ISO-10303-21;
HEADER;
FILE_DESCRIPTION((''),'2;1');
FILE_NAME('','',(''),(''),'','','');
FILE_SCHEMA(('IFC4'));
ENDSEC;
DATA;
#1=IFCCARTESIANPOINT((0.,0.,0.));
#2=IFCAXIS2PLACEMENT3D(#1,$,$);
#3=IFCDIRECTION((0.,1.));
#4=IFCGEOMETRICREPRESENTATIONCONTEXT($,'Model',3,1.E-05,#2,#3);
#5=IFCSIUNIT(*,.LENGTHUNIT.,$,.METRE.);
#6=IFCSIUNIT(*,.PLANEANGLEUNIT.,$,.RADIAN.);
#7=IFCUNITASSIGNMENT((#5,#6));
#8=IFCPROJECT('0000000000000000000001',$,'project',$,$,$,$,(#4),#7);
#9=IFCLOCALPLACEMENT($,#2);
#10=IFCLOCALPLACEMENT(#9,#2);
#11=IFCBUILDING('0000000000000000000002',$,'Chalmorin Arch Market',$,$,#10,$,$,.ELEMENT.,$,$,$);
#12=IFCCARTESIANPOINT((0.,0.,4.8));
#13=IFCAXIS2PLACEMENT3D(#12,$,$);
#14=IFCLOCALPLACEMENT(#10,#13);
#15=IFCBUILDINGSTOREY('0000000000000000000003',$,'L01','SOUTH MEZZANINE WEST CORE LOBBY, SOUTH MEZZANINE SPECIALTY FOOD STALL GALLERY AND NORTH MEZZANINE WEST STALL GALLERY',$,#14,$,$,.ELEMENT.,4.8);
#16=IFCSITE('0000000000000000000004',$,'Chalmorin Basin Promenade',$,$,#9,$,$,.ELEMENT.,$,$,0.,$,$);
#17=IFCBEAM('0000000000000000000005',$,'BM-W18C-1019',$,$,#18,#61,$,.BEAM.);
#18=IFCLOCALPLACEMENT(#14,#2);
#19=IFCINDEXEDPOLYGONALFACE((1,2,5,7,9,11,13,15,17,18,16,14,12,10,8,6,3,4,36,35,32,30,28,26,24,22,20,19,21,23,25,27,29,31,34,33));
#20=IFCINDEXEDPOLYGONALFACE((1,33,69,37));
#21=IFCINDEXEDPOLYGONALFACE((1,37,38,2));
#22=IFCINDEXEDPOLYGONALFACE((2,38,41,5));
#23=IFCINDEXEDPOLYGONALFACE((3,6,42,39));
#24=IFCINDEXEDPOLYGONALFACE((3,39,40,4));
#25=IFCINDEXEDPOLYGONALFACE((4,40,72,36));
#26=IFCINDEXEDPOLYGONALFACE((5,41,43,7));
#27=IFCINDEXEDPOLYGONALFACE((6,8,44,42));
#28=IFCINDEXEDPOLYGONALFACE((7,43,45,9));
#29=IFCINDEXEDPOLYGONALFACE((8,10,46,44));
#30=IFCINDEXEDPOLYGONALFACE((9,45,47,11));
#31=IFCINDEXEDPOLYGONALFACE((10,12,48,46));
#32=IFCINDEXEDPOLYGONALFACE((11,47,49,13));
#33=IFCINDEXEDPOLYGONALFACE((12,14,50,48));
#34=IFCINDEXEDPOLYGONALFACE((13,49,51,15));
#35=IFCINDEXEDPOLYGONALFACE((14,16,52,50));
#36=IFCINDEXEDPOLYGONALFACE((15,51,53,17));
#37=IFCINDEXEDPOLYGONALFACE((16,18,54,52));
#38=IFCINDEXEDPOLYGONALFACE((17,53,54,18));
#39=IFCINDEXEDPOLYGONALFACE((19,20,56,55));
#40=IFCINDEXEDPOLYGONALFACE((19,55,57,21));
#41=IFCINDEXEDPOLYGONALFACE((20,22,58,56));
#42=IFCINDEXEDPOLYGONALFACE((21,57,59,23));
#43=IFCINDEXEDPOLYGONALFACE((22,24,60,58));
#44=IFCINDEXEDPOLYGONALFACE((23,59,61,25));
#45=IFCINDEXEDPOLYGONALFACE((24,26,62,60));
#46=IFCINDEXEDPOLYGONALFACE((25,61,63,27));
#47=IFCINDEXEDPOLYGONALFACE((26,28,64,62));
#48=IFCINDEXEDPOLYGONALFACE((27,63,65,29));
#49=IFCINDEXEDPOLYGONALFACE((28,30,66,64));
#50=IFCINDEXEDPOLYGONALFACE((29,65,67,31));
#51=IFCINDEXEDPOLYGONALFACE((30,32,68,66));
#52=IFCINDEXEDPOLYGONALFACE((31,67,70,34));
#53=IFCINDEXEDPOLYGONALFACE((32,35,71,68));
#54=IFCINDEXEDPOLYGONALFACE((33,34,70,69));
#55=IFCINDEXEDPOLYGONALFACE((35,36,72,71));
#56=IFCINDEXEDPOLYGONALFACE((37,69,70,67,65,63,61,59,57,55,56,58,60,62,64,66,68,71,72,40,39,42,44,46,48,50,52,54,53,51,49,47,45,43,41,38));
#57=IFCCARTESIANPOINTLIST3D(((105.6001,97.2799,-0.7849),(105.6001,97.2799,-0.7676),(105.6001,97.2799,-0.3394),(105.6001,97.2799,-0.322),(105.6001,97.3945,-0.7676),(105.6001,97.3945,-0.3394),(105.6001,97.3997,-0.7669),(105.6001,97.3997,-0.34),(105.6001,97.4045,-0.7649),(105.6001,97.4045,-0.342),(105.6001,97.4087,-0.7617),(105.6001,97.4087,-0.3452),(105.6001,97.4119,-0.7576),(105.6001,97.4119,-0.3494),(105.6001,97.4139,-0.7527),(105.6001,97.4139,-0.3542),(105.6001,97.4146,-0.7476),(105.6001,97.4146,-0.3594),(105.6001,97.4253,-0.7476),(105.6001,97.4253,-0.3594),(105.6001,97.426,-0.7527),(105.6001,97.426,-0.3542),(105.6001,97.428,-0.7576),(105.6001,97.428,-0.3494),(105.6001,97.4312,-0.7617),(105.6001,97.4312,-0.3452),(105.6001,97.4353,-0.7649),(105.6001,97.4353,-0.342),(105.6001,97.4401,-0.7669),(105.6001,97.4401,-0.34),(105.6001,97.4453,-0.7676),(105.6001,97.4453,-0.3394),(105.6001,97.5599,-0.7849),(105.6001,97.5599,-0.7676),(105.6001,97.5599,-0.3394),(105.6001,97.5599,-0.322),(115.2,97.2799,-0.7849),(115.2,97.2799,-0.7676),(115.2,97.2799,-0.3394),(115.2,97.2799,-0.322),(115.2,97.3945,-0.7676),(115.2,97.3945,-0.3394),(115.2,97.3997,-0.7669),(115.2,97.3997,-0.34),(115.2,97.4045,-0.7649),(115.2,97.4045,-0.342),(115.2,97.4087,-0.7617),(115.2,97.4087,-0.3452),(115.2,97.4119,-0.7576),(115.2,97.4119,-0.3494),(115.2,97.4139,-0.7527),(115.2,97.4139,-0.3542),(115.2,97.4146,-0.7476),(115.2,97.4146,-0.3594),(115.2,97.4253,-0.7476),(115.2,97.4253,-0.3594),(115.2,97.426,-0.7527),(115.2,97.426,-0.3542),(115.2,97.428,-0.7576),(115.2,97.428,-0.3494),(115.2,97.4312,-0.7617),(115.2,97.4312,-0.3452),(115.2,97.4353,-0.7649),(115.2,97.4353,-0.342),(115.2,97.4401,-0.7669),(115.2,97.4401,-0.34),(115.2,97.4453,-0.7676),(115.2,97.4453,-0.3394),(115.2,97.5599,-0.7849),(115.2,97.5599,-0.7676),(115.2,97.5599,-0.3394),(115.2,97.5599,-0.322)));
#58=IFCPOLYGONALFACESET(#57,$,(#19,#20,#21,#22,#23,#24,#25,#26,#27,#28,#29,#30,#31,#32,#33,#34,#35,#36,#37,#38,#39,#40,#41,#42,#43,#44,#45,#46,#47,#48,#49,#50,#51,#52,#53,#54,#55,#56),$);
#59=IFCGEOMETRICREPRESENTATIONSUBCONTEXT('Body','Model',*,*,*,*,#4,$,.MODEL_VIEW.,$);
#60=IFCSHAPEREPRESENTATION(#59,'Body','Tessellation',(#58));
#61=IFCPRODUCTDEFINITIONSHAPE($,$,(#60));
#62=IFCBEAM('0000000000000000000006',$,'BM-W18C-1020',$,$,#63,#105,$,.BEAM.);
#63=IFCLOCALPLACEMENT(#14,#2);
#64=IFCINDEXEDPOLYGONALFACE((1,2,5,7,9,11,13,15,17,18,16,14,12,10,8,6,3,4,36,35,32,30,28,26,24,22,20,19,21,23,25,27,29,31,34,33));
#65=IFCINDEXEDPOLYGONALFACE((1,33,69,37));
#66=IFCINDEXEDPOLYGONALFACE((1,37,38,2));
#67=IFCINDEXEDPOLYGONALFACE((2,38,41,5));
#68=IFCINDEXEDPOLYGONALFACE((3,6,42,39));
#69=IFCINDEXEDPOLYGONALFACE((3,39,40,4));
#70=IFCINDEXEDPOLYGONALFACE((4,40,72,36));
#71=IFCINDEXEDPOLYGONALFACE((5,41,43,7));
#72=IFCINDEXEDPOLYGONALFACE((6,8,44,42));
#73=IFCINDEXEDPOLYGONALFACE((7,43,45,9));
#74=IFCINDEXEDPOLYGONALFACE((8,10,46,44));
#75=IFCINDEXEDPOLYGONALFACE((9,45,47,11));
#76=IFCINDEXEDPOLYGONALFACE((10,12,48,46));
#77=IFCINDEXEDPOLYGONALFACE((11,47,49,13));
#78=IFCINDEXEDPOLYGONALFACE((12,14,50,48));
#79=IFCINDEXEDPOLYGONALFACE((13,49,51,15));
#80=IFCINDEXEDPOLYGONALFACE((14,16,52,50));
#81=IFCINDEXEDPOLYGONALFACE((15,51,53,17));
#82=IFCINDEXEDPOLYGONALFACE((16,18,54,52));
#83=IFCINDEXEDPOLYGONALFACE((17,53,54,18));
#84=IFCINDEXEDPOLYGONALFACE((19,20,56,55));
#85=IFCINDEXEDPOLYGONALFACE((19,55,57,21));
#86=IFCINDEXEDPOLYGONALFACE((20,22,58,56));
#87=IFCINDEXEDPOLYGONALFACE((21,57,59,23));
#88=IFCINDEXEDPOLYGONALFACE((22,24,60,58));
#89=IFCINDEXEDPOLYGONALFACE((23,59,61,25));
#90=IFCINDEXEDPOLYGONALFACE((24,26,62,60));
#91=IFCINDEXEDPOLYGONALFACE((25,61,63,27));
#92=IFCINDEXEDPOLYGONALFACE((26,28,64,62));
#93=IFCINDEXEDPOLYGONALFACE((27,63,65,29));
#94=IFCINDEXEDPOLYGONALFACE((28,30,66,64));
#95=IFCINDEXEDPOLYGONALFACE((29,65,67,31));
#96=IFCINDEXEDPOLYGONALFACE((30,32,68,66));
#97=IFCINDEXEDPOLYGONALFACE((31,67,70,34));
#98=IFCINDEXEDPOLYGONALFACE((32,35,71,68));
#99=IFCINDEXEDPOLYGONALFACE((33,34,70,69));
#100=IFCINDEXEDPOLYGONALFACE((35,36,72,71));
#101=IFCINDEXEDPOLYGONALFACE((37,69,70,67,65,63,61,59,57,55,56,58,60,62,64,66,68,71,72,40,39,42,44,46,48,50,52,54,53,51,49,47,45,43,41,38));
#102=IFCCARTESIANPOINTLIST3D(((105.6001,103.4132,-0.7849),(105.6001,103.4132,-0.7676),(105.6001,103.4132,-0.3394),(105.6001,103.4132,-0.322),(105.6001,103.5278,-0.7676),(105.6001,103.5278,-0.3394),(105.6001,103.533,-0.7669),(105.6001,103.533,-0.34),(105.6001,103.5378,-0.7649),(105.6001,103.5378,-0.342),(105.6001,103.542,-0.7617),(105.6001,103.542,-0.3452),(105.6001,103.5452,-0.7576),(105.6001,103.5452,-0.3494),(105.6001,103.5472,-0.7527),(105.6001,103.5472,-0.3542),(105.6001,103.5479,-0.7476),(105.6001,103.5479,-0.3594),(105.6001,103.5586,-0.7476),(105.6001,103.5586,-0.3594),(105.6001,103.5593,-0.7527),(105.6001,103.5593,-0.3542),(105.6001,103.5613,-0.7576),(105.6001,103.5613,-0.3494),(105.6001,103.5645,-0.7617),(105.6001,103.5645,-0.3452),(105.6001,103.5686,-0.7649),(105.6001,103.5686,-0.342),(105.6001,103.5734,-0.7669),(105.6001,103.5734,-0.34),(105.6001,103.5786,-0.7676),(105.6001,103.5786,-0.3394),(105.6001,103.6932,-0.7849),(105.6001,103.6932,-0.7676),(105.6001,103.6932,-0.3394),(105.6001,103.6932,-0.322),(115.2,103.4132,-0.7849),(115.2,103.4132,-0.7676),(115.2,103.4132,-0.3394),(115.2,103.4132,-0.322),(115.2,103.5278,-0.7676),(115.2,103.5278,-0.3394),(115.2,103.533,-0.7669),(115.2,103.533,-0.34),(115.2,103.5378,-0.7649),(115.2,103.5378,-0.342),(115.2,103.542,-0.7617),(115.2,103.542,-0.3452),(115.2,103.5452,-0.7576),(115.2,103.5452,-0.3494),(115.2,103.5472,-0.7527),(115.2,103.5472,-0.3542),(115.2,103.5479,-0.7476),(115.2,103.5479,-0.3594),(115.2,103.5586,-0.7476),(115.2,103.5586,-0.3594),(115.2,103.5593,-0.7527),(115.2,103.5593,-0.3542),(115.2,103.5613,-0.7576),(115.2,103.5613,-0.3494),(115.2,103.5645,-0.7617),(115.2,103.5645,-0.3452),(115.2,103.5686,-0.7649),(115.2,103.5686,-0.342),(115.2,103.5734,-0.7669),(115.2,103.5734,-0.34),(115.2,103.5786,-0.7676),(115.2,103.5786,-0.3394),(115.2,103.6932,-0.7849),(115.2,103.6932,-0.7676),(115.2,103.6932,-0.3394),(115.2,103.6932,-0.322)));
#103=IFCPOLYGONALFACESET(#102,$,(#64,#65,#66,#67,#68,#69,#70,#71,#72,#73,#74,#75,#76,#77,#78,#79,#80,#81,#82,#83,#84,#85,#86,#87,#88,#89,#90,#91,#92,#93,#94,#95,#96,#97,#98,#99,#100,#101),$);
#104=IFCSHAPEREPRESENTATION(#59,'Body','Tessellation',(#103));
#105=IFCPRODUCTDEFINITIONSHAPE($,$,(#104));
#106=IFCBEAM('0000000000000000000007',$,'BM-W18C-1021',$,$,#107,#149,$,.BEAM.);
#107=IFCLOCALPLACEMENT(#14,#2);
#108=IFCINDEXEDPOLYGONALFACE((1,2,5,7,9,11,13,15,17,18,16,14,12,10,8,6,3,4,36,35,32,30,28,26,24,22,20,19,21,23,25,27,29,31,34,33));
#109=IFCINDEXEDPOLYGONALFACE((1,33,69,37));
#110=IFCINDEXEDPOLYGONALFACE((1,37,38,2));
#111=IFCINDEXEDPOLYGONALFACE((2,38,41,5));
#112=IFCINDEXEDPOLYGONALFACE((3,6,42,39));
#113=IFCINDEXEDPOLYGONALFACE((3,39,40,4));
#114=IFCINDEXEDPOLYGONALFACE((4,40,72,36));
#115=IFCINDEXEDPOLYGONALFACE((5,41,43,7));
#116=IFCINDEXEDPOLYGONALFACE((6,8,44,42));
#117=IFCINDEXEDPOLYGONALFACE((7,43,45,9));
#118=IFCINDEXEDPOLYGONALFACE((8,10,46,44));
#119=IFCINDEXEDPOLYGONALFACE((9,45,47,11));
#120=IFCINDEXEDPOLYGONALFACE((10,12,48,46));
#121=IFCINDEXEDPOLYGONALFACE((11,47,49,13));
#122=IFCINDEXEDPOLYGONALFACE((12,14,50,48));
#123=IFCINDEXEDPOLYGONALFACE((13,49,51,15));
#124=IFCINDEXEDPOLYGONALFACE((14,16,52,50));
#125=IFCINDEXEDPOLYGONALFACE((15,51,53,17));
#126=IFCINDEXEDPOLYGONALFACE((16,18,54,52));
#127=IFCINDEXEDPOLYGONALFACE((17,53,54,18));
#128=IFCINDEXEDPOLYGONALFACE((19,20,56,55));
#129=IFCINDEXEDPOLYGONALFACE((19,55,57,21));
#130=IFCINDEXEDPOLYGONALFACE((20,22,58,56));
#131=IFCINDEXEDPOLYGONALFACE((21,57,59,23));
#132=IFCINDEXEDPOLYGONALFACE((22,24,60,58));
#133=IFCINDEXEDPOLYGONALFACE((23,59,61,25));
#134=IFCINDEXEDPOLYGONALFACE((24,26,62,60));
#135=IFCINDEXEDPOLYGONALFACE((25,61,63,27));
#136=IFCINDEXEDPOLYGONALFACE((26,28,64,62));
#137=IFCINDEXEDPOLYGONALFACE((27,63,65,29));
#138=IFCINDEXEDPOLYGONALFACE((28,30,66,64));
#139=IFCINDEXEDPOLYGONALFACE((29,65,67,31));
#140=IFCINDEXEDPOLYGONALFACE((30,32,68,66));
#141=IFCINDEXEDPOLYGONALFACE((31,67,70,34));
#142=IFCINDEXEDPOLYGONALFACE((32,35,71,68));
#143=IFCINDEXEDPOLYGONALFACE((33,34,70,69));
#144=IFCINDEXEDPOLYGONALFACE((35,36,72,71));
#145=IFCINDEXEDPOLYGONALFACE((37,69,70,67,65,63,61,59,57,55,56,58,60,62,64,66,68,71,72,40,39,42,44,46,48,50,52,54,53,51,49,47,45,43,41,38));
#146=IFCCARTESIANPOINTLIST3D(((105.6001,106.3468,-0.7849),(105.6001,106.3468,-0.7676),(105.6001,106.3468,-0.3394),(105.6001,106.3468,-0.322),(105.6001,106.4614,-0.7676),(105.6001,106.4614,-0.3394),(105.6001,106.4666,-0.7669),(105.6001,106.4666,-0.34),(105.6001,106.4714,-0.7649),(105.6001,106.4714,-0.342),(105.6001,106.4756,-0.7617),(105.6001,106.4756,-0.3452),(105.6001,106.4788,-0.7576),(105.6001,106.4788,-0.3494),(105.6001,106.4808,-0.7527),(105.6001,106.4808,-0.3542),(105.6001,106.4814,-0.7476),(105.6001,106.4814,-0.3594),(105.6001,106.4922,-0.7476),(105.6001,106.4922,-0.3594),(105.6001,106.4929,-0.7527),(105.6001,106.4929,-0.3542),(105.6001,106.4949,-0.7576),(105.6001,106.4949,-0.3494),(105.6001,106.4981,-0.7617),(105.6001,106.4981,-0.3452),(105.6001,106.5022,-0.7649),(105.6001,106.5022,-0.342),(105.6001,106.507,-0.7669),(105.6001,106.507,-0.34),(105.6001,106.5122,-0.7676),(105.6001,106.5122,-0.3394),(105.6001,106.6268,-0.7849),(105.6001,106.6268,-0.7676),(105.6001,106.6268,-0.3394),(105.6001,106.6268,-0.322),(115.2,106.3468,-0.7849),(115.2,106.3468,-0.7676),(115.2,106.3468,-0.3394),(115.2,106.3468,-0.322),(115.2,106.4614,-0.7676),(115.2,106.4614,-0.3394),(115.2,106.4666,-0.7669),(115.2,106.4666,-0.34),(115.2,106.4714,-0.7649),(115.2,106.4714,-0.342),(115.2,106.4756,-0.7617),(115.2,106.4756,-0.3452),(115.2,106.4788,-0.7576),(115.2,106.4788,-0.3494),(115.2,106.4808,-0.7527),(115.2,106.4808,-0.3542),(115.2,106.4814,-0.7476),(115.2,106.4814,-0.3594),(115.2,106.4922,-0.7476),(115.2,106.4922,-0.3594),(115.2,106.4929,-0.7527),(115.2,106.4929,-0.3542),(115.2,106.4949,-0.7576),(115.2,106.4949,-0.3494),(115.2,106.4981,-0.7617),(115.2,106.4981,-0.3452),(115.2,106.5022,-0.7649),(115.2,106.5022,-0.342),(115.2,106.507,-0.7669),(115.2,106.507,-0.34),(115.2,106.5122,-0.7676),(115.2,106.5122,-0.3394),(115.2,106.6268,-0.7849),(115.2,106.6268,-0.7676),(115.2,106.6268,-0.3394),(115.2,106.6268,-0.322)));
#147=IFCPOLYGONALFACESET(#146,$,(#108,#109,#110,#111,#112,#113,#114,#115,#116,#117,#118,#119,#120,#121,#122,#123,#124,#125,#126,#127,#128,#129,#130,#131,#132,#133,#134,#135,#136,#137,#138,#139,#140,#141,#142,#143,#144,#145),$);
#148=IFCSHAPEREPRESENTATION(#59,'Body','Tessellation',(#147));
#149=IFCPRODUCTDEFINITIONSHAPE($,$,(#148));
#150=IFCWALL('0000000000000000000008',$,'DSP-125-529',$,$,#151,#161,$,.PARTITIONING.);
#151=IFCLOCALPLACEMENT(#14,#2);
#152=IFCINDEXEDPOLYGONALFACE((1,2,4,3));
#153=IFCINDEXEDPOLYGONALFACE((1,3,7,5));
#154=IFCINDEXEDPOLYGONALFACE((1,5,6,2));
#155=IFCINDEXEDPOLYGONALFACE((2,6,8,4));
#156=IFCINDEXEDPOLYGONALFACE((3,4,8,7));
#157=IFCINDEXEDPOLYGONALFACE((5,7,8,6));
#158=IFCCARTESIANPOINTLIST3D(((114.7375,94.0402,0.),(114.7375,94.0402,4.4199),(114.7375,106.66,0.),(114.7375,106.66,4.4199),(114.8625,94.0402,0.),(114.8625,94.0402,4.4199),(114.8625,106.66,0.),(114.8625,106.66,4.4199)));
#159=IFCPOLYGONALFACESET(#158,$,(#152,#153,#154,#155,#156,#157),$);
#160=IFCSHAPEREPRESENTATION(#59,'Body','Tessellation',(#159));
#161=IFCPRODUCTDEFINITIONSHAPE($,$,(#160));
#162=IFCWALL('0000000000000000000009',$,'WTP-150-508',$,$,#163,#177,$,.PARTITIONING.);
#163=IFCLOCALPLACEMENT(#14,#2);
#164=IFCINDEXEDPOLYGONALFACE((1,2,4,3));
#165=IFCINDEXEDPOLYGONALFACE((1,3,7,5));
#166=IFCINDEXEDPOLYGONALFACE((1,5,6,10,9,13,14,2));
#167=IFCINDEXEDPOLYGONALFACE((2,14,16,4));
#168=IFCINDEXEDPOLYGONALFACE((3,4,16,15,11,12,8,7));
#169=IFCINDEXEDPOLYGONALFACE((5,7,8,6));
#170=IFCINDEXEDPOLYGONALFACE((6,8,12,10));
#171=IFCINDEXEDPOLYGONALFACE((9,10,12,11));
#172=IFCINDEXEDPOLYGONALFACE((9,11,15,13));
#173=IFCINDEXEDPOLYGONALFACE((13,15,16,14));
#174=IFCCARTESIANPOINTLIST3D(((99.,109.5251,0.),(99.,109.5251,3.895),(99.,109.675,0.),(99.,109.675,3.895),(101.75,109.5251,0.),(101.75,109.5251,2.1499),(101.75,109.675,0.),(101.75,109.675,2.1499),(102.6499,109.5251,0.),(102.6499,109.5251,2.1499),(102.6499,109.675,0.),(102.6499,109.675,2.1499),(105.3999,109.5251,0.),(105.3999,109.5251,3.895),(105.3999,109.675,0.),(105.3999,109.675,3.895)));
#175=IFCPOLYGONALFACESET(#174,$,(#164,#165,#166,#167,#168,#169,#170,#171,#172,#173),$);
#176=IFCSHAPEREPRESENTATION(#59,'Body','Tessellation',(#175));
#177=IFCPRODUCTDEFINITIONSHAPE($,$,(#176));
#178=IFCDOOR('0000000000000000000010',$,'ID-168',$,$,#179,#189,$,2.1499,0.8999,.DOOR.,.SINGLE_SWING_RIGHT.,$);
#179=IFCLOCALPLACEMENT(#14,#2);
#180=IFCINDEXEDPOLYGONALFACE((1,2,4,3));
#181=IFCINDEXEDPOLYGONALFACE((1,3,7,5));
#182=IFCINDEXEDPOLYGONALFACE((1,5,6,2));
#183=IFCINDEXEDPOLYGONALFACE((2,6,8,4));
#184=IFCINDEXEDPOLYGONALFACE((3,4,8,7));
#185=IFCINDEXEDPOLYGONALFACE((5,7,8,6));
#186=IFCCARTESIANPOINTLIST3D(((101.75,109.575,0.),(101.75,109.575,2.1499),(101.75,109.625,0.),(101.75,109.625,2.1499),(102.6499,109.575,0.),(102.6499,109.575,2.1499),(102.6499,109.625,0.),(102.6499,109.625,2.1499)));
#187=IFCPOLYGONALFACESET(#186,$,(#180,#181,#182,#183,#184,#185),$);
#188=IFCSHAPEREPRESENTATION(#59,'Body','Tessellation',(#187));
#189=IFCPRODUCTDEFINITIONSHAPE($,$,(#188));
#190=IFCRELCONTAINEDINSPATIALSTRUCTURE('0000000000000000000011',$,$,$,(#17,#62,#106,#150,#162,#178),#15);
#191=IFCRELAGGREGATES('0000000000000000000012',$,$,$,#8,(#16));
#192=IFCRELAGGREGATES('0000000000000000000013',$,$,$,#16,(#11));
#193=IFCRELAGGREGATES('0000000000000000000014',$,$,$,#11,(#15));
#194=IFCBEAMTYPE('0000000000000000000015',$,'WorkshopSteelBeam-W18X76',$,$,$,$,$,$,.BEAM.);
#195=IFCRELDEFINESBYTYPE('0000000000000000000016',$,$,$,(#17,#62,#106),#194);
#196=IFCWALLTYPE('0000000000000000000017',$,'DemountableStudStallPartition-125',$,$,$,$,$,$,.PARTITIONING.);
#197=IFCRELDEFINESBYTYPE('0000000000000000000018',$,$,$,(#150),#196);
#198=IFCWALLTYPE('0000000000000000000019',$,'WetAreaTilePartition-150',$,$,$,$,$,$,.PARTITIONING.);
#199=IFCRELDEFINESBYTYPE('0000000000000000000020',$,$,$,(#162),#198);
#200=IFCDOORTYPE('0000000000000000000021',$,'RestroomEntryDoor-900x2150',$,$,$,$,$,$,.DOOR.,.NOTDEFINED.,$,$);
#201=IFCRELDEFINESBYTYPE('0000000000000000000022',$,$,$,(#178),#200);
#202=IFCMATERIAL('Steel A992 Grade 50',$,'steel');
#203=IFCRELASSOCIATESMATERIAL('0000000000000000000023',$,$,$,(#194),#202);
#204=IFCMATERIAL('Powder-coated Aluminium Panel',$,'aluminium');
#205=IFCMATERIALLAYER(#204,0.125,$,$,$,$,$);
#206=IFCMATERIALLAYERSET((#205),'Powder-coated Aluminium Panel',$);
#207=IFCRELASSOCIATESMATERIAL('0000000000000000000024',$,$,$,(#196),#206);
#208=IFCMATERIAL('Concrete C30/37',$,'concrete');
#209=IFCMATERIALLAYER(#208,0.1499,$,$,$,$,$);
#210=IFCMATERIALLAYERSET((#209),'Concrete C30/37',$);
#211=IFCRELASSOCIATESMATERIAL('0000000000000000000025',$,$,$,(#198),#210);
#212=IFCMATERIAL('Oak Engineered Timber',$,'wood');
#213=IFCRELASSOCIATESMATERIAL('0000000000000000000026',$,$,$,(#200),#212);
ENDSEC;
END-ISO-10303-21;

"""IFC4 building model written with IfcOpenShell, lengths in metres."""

from ifc_helpers import new_model, si_unit, direction, frame, frame_2d, origin, origin_2d, place, context, subcontext, project, spatial, rectangle, i_section, extrude, material, layer, layer_set, material_profile, profile_set, type_object, element, fill, save


model = new_model("IFC4")

# Units and contexts
model_context = context("Model", 3, precision=1e-05, world=origin(), true_north=direction((0.0, 1.0)))
body_context = subcontext(model_context, "Body", "Model", "MODEL_VIEW")
ifc_project = project(units=[si_unit("LENGTHUNIT", "METRE"), si_unit("PLANEANGLEUNIT", "RADIAN")], contexts=[model_context])

# Site, building, storey
site_placement = place(None, origin())
site = spatial("IfcSite", under=ifc_project, at=site_placement, Name="Chalmorin Basin Promenade", CompositionType="ELEMENT", RefElevation=0.0)
building_placement = place(site_placement, origin())
building = spatial("IfcBuilding", under=site, at=building_placement, Name="Chalmorin Arch Market", CompositionType="ELEMENT")
storey_placement = place(building_placement, frame((0.0, 0.0, 4.8)))
storey = spatial("IfcBuildingStorey", under=building, at=storey_placement, Name="L01", Description="SOUTH MEZZANINE WEST CORE LOBBY, SOUTH MEZZANINE SPECIALTY FOOD STALL GALLERY AND NORTH MEZZANINE WEST STALL GALLERY", CompositionType="ELEMENT", Elevation=4.8)

# Beams
ifc_material_1 = material(Name="Steel A992 Grade 50", Category="steel")
ifc_material_profile_1 = material_profile(ifc_material_1, i_section(OverallWidth=0.28, OverallDepth=0.4629, WebThickness=0.0107, FlangeThickness=0.0173, FilletRadius=0.02, at=origin_2d()), Name="W18X76")
ifc_profile_set_1 = profile_set([ifc_material_profile_1], Name="Steel A992 Grade 50")
beam_type_1 = type_object("IfcBeamType", Name="WorkshopSteelBeam-W18X76", PredefinedType="BEAM", material=ifc_profile_set_1)
for number, where, z_axis, x_axis, name in (
    (1, (105.6001, 97.4199, -0.5535), (1.0, 0.0, 0.0), (0.0, 1.0, 0.0), "BM-W18C-1019"),
    (2, (105.6001, 103.5532, -0.5535), (1.0, 0.0, 0.0), (0.0, 1.0, 0.0), "BM-W18C-1020"),
    (3, (105.6001, 106.4868, -0.5535), (1.0, 0.0, 0.0), (0.0, 1.0, 0.0), "BM-W18C-1021"),
):
    element("IfcBeam", number, at=place(storey_placement, frame(where, z_axis=z_axis, x_axis=x_axis)), inside=storey, type_object=beam_type_1, Name=name, PredefinedType="BEAM", context=body_context, shape_type="SweptSolid", body=[
        extrude(i_section(OverallWidth=0.28, OverallDepth=0.4629, WebThickness=0.0107, FlangeThickness=0.0173, FilletRadius=0.02, at=origin_2d()), origin(), (0.0, 0.0, 1.0), 9.5999),
    ])

# Wall
ifc_material_2 = material(Name="Powder-coated Aluminium Panel", Category="aluminium")
ifc_layer_1 = layer(ifc_material_2, 0.125)
ifc_layer_set_1 = layer_set([ifc_layer_1], Name="Powder-coated Aluminium Panel")
wall_type_1 = type_object("IfcWallType", Name="DemountableStudStallPartition-125", PredefinedType="PARTITIONING", material=ifc_layer_set_1)
wall_1_placement = place(storey_placement, frame((114.8, 94.04, 0.0), z_axis=(0.0, 0.0, 1.0), x_axis=(0.0, 1.0, 0.0)))
element("IfcWall", 4, at=wall_1_placement, inside=storey, type_object=wall_type_1, Name="DSP-125-529", PredefinedType="PARTITIONING", context=body_context, shape_type="SweptSolid", body=[
    extrude(rectangle(XDim=12.6199, YDim=0.125, at=frame_2d((6.3101, 0.0))), origin(), (0.0, 0.0, 1.0), 4.4199),
])

# Wall, opening, door
ifc_material_3 = material(Name="Concrete C30/37", Category="concrete")
ifc_layer_2 = layer(ifc_material_3, 0.1499)
ifc_layer_set_2 = layer_set([ifc_layer_2], Name="Concrete C30/37")
wall_type_2 = type_object("IfcWallType", Name="WetAreaTilePartition-150", PredefinedType="PARTITIONING", material=ifc_layer_set_2)
wall_2_placement = place(storey_placement, frame((99.0, 109.6001, 0.0), z_axis=(0.0, 0.0, 1.0), x_axis=(1.0, 0.0, 0.0)))
wall_2 = element("IfcWall", 5, at=wall_2_placement, inside=storey, type_object=wall_type_2, Name="WTP-150-508", PredefinedType="PARTITIONING", context=body_context, shape_type="SweptSolid", body=[
    extrude(rectangle(XDim=6.3999, YDim=0.1499, at=frame_2d((3.2, 0.0))), origin(), (0.0, 0.0, 1.0), 3.895),
])
opening_1_placement = place(wall_2_placement, frame((2.75, 0.0, 0.0)))
opening_1 = element("IfcOpeningElement", 6, at=opening_1_placement, cuts=wall_2, PredefinedType="OPENING", context=body_context, shape_type="SweptSolid", body=[
    extrude(rectangle(XDim=0.8999, YDim=2.1499, at=frame_2d((0.45, 1.075))), frame((0.0, 0.085, 0.0), z_axis=(0.0, -1.0, 0.0), x_axis=(1.0, 0.0, 0.0)), (0.0, 0.0, 1.0), 0.1699),
])
ifc_material_4 = material(Name="Oak Engineered Timber", Category="wood")
door_type = type_object("IfcDoorType", Name="RestroomEntryDoor-900x2150", OperationType="NOTDEFINED", PredefinedType="DOOR", material=ifc_material_4)
door_1_placement = place(opening_1_placement, origin())
door_1 = element("IfcDoor", 7, at=door_1_placement, inside=storey, type_object=door_type, Name="ID-168", OperationType="SINGLE_SWING_RIGHT", OverallHeight=2.1499, OverallWidth=0.8999, PredefinedType="DOOR", context=body_context, shape_type="SweptSolid", body=[
    extrude(rectangle(XDim=0.8999, YDim=2.1499, at=frame_2d((0.45, 1.075))), frame((0.0, 0.0249, 0.0), z_axis=(0.0, -1.0, 0.0), x_axis=(1.0, 0.0, 0.0)), (0.0, 0.0, 1.0), 0.05),
])
fill(opening_1, door_1)

save(model, "model.ifc")
